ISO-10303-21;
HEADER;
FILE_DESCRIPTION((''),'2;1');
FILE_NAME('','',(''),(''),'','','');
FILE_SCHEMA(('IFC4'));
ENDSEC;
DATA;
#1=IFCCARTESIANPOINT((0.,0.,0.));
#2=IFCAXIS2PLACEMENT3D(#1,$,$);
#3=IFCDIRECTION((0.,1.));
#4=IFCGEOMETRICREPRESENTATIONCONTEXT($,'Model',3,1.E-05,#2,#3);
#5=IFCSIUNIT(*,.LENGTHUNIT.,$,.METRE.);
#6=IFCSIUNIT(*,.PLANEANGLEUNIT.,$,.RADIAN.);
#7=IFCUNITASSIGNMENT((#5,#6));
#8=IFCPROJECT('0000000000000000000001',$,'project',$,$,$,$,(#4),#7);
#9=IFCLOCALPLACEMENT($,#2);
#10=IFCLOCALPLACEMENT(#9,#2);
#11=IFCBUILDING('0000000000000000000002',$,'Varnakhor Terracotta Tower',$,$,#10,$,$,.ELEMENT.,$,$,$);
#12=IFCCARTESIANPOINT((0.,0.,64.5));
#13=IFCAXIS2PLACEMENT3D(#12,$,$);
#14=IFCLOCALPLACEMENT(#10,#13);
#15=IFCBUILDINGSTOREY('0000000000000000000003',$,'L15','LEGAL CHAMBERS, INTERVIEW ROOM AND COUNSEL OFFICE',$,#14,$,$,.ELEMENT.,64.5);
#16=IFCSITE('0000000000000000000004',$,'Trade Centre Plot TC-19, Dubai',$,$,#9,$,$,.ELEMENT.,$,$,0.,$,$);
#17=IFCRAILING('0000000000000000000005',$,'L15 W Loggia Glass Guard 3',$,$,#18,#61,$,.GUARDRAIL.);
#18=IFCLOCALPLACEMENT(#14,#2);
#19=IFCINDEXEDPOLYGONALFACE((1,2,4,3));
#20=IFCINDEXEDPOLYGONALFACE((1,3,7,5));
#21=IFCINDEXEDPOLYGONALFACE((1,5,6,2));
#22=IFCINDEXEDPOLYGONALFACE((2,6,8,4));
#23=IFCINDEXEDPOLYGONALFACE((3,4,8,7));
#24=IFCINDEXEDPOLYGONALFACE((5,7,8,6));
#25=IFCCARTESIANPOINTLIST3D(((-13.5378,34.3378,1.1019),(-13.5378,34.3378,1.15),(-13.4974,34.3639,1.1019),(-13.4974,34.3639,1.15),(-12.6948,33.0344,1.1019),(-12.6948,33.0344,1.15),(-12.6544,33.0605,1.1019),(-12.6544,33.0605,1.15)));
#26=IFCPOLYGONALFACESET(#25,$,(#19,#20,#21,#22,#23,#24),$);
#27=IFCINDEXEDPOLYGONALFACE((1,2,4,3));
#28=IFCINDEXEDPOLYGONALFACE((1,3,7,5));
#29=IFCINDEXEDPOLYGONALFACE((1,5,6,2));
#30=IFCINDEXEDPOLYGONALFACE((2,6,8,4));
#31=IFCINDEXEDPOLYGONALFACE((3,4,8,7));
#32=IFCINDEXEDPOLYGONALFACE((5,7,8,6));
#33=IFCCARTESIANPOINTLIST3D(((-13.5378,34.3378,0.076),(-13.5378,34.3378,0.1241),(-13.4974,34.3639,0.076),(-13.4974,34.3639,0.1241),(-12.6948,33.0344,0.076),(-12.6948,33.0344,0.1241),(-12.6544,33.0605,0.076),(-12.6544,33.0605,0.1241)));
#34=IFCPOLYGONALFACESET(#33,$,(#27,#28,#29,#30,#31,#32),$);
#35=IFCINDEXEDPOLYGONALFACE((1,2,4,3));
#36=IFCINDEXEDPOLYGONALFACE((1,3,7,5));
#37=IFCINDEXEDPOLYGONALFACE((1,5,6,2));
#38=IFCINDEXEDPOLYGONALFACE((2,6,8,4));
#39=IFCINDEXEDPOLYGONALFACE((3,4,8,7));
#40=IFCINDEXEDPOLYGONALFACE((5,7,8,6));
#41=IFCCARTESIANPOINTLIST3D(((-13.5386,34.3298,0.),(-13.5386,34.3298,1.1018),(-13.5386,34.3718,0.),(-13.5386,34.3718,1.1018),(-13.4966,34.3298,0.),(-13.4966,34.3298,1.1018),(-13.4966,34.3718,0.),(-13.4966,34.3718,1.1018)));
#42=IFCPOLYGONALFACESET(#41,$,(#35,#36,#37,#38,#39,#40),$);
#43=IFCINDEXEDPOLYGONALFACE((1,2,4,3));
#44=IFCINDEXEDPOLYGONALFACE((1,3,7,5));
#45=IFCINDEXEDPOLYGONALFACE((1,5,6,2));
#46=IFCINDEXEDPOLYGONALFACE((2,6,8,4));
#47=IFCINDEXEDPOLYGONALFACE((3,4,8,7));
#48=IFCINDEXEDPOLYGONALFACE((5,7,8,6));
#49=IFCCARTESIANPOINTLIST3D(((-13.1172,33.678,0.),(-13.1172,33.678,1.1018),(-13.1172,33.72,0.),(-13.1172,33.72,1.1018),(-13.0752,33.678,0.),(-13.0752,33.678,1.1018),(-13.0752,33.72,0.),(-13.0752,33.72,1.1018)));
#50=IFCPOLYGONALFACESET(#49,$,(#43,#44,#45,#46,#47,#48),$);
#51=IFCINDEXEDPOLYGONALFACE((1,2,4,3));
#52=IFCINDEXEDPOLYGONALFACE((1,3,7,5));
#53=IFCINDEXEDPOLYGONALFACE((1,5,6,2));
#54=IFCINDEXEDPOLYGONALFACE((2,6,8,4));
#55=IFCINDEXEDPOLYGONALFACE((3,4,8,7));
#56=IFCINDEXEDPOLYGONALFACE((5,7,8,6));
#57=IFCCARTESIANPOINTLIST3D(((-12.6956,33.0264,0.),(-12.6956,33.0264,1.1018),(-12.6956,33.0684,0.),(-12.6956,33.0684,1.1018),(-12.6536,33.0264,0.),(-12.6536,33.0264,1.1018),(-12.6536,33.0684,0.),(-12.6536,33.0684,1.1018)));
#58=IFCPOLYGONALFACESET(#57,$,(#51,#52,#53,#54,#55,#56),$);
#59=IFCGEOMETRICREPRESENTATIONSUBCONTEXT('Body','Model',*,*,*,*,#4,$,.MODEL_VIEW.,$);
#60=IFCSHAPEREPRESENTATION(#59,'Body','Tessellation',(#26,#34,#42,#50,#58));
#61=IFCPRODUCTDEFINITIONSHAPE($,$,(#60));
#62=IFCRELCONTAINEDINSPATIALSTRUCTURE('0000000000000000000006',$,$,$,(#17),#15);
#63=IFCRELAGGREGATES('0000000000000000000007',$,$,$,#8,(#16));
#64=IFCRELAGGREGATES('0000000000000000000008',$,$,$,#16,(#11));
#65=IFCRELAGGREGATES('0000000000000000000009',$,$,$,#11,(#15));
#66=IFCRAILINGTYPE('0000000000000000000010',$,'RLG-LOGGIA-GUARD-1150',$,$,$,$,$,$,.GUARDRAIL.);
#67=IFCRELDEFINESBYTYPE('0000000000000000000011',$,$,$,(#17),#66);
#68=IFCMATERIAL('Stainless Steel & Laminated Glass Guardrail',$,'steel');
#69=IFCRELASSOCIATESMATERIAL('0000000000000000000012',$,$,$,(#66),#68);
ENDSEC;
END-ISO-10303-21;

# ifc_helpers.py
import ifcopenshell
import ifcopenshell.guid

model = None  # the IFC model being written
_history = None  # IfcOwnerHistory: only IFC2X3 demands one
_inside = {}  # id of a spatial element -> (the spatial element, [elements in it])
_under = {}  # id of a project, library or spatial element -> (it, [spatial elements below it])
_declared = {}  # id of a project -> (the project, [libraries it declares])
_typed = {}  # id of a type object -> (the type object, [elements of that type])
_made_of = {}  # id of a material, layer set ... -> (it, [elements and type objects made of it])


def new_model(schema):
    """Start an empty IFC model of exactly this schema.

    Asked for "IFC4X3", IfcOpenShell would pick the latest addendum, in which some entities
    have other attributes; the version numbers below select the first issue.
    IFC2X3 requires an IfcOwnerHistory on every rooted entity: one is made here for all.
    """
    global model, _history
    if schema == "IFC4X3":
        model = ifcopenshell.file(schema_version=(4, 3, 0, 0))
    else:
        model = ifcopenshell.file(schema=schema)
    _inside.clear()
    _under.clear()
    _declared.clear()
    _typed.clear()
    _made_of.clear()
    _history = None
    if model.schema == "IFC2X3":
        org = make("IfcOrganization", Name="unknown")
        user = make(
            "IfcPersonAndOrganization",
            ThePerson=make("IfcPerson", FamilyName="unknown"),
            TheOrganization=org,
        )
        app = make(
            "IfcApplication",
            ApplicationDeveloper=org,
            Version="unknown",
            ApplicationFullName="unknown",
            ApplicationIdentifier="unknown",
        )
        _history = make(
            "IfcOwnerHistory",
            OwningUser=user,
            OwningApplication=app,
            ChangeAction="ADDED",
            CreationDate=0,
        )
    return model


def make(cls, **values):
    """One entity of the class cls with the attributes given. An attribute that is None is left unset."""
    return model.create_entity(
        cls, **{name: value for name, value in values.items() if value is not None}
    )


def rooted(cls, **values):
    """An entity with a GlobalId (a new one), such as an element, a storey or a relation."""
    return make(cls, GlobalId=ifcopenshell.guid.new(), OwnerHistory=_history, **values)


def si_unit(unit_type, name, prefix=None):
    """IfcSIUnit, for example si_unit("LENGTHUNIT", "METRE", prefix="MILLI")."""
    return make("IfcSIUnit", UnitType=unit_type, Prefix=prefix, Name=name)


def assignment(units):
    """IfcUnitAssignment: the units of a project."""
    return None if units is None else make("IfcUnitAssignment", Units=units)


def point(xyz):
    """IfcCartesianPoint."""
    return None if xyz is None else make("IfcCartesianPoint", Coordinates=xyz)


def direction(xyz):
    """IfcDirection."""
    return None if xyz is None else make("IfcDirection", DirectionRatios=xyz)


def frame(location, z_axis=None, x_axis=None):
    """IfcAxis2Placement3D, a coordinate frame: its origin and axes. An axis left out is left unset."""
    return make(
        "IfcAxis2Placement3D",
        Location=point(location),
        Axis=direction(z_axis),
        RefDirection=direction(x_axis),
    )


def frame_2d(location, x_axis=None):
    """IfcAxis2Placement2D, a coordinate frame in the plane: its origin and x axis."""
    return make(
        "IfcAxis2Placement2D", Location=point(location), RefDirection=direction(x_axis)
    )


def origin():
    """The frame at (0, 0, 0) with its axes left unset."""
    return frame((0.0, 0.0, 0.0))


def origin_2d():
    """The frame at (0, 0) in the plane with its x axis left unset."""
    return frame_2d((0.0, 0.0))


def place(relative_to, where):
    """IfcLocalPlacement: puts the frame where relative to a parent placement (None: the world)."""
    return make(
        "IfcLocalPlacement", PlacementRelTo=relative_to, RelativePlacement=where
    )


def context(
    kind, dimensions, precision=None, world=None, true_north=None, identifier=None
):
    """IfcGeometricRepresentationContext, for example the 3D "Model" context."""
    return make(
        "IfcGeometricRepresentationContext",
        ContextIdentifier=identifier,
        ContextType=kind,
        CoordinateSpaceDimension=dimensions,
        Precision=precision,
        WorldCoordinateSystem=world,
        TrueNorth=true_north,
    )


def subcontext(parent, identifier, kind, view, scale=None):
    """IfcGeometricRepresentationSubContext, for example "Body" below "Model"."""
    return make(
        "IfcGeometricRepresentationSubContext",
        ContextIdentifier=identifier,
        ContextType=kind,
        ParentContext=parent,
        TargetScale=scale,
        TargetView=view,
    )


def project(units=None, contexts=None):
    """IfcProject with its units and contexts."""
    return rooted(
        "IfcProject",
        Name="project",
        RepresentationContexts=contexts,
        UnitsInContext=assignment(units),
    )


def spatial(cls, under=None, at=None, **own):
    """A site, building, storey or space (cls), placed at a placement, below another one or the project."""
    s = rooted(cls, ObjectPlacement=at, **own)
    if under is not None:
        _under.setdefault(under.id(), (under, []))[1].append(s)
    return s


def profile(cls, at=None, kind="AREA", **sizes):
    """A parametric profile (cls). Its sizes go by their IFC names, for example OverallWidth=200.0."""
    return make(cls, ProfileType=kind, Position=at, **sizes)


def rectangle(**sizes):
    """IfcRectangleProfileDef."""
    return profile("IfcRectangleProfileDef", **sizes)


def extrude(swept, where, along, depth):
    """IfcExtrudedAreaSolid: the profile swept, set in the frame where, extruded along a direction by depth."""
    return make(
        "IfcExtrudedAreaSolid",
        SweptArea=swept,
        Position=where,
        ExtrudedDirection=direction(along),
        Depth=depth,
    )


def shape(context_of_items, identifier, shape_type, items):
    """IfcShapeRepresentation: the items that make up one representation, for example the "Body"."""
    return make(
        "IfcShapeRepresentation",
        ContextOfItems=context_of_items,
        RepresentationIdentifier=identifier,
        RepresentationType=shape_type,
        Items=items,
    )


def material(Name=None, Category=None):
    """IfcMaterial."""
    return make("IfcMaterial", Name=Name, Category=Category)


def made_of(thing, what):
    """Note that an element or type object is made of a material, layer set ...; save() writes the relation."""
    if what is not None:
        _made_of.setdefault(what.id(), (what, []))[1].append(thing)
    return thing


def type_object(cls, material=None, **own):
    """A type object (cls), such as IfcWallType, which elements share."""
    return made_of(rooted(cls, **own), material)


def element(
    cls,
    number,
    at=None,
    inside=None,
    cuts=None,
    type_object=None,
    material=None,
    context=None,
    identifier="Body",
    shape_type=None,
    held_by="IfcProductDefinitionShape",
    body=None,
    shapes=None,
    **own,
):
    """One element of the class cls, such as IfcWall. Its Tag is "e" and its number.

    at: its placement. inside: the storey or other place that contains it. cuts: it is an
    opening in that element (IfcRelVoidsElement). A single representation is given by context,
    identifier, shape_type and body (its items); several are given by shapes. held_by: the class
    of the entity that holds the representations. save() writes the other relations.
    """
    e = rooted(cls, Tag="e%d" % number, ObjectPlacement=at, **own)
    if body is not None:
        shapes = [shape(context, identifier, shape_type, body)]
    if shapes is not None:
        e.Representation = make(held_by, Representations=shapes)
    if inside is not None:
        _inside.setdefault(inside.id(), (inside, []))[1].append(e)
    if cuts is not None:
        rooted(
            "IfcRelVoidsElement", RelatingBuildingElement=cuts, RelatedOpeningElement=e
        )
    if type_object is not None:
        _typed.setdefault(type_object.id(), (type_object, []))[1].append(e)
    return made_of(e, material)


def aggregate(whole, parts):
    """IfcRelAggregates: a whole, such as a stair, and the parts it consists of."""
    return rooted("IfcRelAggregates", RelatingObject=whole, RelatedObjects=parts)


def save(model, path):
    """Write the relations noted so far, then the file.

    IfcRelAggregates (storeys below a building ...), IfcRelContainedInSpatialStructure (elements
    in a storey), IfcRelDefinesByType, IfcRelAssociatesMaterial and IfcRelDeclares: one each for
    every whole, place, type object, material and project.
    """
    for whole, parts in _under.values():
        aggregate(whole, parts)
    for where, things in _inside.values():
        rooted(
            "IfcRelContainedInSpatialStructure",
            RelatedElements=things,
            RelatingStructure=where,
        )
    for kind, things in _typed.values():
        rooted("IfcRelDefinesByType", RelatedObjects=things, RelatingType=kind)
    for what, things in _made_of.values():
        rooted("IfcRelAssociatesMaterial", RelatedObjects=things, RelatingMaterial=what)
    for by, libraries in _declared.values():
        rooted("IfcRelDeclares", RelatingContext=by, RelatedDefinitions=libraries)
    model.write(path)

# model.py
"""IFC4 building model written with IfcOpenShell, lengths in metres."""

from ifc_helpers import new_model, si_unit, direction, frame, origin, origin_2d, place, context, subcontext, project, spatial, rectangle, extrude, material, type_object, element, save


model = new_model("IFC4")

# Units and contexts
model_context = context("Model", 3, precision=1e-05, world=origin(), true_north=direction((0.0, 1.0)))
body_context = subcontext(model_context, "Body", "Model", "MODEL_VIEW")
ifc_project = project(units=[si_unit("LENGTHUNIT", "METRE"), si_unit("PLANEANGLEUNIT", "RADIAN")], contexts=[model_context])

# Site, building, storey
site_placement = place(None, origin())
site = spatial("IfcSite", under=ifc_project, at=site_placement, Name="Trade Centre Plot TC-19, Dubai", CompositionType="ELEMENT", RefElevation=0.0)
building_placement = place(site_placement, origin())
building = spatial("IfcBuilding", under=site, at=building_placement, Name="Varnakhor Terracotta Tower", CompositionType="ELEMENT")
storey_placement = place(building_placement, frame((0.0, 0.0, 64.5)))
storey = spatial("IfcBuildingStorey", under=building, at=storey_placement, Name="L15", Description="LEGAL CHAMBERS, INTERVIEW ROOM AND COUNSEL OFFICE", CompositionType="ELEMENT", Elevation=64.5)

# Railing
ifc_material_1 = material(Name="Stainless Steel & Laminated Glass Guardrail", Category="steel")
railing_type = type_object("IfcRailingType", Name="RLG-LOGGIA-GUARD-1150", PredefinedType="GUARDRAIL", material=ifc_material_1)
railing_placement = place(storey_placement, frame((-13.5176, 34.3508, 0.0)))
element("IfcRailing", 1, at=railing_placement, inside=storey, type_object=railing_type, Name="L15 W Loggia Glass Guard 3", PredefinedType="GUARDRAIL", context=body_context, shape_type="SweptSolid", body=[
    extrude(rectangle(XDim=0.0481, YDim=0.0481, at=origin_2d()), frame((0.0, 0.0, 1.126), z_axis=(0.543069, -0.839688, 0.0), x_axis=(0.839688, 0.543069, 0.0)), (0.0, 0.0, 1.0), 1.5522),
    extrude(rectangle(XDim=0.0481, YDim=0.0481, at=origin_2d()), frame((0.0, 0.0, 0.1001), z_axis=(0.543069, -0.839688, 0.0), x_axis=(0.839688, 0.543069, 0.0)), (0.0, 0.0, 1.0), 1.5522),
    extrude(rectangle(XDim=0.042, YDim=0.042, at=origin_2d()), origin(), (0.0, 0.0, 1.0), 1.1018),
    extrude(rectangle(XDim=0.042, YDim=0.042, at=origin_2d()), frame((0.4214, -0.6519, 0.0)), (0.0, 0.0, 1.0), 1.1018),
    extrude(rectangle(XDim=0.042, YDim=0.042, at=origin_2d()), frame((0.843, -1.3035, 0.0)), (0.0, 0.0, 1.0), 1.1018),
])

save(model, "model.ifc")
